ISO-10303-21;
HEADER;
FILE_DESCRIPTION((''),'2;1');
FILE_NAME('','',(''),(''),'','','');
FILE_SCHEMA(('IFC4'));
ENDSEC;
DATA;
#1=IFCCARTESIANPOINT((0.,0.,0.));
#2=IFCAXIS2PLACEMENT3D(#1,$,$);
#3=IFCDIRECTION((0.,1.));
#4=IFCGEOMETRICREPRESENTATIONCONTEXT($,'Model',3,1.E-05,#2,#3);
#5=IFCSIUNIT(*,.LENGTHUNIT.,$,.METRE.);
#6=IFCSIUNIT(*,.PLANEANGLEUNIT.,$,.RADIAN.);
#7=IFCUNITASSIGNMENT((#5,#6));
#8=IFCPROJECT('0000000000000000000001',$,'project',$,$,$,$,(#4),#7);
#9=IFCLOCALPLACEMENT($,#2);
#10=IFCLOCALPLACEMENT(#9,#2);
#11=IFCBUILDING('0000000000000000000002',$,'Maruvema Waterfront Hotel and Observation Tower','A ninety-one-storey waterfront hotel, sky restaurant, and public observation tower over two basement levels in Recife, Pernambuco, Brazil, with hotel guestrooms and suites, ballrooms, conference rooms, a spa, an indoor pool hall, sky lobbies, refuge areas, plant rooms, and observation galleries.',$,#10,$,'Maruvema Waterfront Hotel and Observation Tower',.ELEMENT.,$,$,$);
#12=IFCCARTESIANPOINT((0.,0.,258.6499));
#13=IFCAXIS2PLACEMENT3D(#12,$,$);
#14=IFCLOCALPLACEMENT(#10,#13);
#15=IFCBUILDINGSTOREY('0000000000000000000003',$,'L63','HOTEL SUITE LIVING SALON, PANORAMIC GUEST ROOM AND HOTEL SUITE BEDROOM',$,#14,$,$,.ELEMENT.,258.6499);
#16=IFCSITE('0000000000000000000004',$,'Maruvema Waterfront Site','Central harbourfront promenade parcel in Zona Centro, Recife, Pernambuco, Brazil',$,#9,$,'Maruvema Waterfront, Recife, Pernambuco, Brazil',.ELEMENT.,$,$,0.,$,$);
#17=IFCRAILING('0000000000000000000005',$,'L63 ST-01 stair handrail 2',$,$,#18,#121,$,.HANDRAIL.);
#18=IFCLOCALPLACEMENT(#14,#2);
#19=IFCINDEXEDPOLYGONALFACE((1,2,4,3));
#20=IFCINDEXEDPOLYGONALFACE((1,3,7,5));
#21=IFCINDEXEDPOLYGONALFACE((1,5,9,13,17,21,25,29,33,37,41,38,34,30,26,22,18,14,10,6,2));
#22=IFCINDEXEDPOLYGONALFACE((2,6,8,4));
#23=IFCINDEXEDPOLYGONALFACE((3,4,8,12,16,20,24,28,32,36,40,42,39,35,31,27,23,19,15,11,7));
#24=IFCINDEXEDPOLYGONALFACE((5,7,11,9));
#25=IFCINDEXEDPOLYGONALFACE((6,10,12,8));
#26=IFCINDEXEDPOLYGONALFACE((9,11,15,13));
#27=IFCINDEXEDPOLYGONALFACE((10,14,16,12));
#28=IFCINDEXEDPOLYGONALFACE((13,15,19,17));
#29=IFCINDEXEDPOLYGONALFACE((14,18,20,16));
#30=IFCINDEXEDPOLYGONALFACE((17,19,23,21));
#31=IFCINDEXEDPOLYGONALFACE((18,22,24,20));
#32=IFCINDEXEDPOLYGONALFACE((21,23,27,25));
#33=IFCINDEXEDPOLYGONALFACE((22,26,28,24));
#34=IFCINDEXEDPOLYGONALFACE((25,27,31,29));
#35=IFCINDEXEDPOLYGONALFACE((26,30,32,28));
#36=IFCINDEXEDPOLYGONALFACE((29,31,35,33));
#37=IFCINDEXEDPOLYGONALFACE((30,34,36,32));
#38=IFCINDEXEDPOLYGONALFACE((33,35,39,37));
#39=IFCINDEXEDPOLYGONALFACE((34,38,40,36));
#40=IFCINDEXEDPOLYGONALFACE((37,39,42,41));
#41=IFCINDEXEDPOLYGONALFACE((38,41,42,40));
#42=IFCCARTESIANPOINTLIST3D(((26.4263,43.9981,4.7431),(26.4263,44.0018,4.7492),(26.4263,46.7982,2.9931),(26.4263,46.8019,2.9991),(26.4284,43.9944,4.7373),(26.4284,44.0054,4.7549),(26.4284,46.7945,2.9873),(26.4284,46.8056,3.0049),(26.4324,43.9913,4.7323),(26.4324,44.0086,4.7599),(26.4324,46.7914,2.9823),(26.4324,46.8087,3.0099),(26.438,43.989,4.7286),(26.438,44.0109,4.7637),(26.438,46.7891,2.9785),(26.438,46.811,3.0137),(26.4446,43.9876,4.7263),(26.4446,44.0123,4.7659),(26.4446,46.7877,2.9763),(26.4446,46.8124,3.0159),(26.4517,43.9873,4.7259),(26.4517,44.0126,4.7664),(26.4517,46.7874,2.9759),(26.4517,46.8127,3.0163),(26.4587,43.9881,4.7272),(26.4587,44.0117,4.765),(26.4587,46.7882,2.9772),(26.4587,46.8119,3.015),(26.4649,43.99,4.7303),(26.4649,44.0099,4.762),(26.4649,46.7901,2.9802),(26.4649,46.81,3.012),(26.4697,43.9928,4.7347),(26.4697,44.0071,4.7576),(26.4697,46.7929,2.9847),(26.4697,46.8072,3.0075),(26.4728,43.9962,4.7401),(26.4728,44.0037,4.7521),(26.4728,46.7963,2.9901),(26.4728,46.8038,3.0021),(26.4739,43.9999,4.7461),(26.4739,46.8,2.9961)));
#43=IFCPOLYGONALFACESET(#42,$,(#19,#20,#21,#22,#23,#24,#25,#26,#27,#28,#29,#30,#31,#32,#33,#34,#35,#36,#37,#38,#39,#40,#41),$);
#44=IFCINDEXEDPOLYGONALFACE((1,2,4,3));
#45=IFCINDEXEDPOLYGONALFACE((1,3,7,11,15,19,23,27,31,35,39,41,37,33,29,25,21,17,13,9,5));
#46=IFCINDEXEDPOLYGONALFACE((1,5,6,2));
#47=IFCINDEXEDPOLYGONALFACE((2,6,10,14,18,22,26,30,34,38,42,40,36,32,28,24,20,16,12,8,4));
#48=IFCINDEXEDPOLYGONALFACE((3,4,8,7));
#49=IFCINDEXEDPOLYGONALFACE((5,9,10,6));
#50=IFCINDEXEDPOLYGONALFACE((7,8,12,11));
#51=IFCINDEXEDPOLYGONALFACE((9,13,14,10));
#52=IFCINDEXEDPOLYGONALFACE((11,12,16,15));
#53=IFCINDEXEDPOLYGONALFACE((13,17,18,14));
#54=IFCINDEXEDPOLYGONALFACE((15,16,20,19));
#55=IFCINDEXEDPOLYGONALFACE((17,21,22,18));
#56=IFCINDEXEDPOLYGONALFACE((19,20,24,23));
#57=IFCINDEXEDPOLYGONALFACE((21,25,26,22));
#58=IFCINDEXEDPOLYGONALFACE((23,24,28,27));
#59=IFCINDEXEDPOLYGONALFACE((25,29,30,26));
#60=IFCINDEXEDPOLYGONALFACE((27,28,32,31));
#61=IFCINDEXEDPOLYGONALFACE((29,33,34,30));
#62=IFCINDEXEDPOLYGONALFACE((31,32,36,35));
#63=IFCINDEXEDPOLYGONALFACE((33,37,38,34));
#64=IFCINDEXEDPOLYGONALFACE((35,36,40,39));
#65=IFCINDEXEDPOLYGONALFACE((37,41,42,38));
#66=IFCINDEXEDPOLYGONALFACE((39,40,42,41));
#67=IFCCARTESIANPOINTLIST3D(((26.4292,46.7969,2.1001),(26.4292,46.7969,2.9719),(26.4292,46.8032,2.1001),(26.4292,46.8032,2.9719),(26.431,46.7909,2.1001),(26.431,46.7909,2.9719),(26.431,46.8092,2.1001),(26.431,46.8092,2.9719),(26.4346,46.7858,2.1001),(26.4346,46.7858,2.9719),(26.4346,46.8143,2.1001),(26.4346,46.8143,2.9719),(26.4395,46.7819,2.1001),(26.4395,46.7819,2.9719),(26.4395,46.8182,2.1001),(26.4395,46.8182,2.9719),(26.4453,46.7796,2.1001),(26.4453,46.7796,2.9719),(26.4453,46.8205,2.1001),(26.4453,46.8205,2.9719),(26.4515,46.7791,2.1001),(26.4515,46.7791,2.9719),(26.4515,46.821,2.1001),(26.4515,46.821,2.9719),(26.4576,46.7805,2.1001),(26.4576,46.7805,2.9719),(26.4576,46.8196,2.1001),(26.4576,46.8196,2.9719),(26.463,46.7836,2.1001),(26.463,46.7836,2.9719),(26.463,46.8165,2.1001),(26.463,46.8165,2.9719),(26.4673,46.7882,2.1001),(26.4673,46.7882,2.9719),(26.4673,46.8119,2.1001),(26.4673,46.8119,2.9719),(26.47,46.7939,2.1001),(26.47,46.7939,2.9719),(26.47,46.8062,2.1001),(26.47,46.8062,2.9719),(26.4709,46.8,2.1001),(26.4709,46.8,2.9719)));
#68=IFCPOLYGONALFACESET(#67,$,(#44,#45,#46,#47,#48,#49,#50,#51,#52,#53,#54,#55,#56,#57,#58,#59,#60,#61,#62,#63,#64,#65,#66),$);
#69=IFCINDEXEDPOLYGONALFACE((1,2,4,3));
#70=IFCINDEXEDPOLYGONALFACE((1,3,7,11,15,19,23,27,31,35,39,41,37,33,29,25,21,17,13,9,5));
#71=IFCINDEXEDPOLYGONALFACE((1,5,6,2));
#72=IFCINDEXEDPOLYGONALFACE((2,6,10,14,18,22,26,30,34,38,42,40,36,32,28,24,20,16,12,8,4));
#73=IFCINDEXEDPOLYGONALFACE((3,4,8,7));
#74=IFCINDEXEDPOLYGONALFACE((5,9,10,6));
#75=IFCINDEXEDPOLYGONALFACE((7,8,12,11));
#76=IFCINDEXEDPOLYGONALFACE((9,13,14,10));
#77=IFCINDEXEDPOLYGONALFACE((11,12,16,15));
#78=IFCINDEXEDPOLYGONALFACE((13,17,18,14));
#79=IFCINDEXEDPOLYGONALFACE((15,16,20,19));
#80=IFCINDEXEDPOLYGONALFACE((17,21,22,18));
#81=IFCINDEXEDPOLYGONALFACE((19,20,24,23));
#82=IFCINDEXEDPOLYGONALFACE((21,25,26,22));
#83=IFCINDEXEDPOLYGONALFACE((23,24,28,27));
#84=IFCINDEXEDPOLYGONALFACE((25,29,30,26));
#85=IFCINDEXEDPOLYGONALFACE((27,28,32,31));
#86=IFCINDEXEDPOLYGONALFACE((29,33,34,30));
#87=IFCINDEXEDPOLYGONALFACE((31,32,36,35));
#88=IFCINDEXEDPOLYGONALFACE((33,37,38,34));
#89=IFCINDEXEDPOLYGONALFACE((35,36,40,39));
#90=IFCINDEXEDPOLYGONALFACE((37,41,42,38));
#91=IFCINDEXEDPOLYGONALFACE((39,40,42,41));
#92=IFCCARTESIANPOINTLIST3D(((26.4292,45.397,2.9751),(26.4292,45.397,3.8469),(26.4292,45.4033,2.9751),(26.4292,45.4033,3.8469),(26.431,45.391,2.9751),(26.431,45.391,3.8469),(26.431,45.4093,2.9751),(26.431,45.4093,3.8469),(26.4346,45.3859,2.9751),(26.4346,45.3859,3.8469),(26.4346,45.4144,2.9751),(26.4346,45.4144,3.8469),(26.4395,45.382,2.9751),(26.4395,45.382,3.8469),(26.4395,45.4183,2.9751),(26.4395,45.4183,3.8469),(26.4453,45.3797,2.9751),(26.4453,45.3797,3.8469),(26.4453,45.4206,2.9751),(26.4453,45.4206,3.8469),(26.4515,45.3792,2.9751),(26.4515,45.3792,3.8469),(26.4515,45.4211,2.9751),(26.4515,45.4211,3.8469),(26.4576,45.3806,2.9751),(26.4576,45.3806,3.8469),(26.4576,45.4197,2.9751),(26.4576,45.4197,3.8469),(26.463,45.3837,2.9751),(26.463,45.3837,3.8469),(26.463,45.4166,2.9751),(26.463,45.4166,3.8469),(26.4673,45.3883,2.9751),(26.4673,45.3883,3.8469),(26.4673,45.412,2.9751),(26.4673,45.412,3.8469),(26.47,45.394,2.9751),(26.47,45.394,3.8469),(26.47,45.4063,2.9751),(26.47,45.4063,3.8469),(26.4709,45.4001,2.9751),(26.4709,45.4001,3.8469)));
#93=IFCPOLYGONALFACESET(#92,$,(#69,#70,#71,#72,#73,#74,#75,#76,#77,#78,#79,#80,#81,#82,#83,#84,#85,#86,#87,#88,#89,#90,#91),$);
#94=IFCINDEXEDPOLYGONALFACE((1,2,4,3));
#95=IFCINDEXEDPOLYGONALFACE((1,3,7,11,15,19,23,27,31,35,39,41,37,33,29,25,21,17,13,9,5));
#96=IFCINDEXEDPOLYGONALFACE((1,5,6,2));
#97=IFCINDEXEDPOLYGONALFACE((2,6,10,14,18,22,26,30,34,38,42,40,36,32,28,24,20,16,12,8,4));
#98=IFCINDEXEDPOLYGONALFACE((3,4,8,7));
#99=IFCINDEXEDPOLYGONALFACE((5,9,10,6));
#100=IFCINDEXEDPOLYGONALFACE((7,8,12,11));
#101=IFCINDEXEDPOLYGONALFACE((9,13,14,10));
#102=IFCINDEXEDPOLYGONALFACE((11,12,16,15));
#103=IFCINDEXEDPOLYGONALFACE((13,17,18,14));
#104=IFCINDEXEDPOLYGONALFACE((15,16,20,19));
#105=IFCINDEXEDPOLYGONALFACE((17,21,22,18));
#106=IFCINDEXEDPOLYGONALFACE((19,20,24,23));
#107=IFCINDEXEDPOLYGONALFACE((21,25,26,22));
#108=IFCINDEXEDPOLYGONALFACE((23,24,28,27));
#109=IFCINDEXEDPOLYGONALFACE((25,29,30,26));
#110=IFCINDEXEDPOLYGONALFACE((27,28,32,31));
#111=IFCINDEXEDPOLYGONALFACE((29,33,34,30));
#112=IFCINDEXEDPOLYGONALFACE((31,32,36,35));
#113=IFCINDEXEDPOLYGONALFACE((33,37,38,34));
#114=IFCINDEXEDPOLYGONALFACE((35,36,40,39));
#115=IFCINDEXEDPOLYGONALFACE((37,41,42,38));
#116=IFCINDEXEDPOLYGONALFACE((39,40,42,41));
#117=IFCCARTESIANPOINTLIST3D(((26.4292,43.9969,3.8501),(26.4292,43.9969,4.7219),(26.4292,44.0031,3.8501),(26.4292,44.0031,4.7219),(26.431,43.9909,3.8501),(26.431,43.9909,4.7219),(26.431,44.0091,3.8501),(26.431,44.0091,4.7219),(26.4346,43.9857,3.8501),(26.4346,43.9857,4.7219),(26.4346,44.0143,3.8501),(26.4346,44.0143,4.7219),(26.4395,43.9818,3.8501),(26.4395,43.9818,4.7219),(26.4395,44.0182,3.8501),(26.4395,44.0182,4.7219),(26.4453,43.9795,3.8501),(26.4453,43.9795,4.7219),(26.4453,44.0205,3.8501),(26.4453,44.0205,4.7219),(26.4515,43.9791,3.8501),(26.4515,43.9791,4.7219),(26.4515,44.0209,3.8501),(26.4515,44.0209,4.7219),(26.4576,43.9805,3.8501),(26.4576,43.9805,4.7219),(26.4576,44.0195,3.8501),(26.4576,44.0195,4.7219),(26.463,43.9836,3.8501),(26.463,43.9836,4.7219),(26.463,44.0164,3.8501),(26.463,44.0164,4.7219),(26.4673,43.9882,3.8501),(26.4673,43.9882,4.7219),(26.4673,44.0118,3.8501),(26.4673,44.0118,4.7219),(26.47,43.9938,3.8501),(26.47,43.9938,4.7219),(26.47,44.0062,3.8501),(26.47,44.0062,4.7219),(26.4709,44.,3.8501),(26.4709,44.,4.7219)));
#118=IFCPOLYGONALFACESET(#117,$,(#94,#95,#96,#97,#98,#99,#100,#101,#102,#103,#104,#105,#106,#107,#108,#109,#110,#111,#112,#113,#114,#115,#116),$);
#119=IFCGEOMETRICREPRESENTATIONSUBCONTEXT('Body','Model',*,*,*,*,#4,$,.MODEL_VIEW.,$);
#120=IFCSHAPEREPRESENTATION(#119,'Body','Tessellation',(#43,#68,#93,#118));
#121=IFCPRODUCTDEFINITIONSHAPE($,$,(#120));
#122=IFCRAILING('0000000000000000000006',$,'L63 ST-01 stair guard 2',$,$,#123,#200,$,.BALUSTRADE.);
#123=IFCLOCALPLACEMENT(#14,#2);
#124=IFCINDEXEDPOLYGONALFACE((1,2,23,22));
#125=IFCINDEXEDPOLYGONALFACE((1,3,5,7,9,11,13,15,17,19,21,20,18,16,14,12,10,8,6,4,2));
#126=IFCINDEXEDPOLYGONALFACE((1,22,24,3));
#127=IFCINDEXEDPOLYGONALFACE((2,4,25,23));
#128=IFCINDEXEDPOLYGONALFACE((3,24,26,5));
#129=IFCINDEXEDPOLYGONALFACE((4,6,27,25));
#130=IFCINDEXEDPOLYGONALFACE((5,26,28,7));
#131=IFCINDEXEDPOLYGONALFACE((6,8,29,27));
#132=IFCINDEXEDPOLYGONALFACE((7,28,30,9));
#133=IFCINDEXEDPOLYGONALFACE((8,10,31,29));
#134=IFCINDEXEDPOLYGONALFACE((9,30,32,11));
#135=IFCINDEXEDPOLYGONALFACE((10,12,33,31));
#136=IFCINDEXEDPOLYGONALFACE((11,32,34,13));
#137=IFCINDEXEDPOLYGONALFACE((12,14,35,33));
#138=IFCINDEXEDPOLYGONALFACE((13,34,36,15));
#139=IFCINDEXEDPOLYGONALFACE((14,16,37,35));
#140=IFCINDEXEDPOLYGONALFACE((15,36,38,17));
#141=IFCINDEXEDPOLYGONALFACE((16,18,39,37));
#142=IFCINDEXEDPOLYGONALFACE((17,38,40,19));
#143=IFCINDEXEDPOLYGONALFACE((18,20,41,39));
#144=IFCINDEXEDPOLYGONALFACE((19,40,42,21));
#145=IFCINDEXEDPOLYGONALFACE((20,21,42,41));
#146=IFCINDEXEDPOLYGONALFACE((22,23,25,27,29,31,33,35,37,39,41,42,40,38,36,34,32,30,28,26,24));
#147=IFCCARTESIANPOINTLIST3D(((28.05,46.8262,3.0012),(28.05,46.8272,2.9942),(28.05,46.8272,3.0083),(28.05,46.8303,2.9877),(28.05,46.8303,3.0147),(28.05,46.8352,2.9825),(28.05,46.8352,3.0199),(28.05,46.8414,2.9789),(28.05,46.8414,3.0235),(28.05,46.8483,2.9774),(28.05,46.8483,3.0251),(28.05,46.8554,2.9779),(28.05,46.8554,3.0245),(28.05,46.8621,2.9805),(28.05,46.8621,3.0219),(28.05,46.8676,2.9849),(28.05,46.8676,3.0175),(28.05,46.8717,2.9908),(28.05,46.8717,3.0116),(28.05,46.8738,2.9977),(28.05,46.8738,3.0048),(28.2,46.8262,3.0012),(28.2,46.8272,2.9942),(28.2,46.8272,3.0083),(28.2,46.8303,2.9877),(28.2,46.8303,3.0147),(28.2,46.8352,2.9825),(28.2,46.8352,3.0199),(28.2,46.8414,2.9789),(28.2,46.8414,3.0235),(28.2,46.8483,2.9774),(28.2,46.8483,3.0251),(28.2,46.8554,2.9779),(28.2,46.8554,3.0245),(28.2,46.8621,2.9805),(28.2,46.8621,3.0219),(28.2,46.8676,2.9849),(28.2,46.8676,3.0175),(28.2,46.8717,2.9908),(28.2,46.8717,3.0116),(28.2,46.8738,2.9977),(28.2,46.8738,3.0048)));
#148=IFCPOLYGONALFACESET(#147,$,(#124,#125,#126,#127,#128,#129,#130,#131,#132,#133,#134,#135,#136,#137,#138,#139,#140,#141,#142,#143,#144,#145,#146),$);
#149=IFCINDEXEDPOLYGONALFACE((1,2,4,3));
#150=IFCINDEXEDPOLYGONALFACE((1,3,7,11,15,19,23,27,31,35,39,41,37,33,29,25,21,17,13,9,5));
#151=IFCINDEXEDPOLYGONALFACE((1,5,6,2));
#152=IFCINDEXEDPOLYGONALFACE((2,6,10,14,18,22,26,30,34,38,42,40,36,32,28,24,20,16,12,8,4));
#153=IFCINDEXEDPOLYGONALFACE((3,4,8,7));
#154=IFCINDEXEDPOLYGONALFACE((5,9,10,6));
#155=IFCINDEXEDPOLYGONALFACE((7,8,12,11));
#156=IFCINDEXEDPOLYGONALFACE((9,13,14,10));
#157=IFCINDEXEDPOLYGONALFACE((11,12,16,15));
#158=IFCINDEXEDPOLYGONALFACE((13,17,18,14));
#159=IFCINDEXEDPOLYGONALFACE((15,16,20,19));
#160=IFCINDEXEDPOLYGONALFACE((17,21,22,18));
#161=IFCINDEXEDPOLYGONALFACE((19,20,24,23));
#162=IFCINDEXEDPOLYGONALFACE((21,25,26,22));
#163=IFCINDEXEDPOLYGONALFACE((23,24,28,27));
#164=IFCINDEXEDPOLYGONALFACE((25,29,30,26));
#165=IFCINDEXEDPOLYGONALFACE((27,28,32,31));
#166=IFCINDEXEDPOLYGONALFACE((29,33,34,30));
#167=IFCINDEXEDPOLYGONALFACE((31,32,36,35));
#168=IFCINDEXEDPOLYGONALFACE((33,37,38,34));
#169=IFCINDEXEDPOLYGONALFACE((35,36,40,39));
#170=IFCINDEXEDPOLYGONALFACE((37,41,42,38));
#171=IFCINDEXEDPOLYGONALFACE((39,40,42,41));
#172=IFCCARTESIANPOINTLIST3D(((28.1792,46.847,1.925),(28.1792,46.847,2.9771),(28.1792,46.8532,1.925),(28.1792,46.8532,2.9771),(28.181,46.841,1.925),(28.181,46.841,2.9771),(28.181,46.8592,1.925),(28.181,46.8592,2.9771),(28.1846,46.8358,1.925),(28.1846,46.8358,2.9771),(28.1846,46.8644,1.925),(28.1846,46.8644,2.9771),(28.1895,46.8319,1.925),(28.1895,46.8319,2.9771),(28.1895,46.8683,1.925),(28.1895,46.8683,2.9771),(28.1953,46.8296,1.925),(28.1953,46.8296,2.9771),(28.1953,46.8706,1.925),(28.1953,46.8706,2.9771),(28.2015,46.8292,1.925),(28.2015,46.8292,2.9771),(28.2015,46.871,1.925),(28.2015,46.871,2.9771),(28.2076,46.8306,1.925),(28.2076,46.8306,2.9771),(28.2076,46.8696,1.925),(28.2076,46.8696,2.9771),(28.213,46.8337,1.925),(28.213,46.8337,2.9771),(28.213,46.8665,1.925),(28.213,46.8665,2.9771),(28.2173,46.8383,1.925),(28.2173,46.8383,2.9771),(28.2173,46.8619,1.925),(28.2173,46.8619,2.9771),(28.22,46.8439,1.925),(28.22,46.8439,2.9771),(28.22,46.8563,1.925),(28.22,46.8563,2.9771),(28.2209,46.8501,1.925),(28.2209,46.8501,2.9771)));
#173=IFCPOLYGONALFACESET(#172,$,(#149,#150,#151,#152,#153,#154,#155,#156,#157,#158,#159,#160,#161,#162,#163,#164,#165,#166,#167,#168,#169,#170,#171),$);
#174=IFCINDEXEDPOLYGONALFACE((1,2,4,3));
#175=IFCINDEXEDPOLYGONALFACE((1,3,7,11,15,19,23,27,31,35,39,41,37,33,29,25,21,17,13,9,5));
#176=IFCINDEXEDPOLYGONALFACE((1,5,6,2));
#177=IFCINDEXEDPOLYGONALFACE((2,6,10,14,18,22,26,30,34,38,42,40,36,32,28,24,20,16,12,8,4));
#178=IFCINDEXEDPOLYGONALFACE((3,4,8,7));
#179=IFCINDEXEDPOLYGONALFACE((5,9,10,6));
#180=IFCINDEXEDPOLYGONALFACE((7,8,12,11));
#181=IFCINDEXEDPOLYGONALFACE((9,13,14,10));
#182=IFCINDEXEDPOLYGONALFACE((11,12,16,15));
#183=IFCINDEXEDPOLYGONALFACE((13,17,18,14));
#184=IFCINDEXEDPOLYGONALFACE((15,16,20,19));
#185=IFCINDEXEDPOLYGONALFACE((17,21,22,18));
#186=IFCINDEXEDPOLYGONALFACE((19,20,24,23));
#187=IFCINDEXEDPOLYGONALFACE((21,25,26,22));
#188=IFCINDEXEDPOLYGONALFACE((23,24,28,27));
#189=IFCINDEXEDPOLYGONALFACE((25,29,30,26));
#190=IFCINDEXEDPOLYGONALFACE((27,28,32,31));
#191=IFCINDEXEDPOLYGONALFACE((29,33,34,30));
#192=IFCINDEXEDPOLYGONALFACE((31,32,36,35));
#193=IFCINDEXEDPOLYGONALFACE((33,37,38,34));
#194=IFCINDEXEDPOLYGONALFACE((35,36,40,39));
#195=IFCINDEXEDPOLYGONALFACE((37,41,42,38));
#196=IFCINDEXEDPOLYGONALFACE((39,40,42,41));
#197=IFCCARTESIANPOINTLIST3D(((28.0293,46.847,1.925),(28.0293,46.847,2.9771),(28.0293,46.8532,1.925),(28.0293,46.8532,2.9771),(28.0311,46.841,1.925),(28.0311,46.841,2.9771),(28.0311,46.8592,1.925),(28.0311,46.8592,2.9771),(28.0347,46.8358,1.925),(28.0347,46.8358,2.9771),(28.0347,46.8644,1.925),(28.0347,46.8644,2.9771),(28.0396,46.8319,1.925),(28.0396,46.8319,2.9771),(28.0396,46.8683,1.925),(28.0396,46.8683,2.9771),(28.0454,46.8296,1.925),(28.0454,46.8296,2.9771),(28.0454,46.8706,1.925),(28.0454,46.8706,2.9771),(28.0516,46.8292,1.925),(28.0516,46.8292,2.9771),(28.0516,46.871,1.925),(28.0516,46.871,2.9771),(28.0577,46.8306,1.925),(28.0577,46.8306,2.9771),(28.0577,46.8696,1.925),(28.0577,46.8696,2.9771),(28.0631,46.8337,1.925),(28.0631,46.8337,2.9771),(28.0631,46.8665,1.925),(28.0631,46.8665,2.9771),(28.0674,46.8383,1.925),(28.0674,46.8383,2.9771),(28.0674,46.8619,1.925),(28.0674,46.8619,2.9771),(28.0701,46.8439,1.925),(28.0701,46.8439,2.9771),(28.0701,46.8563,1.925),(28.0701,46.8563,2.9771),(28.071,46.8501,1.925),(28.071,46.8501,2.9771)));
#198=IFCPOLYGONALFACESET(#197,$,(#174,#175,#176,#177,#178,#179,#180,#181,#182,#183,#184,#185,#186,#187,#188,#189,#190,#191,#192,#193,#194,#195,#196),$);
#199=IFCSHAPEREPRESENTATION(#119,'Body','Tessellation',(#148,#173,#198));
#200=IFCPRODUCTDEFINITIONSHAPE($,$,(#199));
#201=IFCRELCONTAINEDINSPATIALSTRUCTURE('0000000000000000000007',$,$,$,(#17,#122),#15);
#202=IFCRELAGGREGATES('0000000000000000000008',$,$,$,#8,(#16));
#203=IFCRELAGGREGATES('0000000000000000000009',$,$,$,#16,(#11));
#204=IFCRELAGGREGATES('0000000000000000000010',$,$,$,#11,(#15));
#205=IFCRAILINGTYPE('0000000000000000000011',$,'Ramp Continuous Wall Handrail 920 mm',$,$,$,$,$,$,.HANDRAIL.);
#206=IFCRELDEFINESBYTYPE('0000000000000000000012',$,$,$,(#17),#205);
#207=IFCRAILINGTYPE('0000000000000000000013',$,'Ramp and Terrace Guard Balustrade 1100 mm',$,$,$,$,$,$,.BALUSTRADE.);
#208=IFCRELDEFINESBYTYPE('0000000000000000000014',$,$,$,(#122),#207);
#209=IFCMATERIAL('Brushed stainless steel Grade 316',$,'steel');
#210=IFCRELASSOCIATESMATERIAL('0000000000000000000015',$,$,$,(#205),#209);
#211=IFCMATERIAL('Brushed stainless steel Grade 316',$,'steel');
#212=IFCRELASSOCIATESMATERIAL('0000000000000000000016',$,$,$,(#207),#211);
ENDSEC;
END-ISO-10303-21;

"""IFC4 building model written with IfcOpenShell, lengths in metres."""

from ifc_helpers import new_model, si_unit, direction, frame, origin, origin_2d, place, context, subcontext, project, spatial, circle, extrude, material, type_object, element, save


model = new_model("IFC4")

# Units and contexts
model_context = context("Model", 3, precision=1e-05, world=origin(), true_north=direction((0.0, 1.0)))
body_context = subcontext(model_context, "Body", "Model", "MODEL_VIEW")
ifc_project = project(units=[si_unit("LENGTHUNIT", "METRE"), si_unit("PLANEANGLEUNIT", "RADIAN")], contexts=[model_context])

# Site, building, storey
site_placement = place(None, origin())
site = spatial("IfcSite", under=ifc_project, at=site_placement, Name="Maruvema Waterfront Site", Description="Central harbourfront promenade parcel in Zona Centro, Recife, Pernambuco, Brazil", LongName="Maruvema Waterfront, Recife, Pernambuco, Brazil", CompositionType="ELEMENT", RefElevation=0.0)
building_placement = place(site_placement, origin())
building = spatial("IfcBuilding", under=site, at=building_placement, Name="Maruvema Waterfront Hotel and Observation Tower", Description="A ninety-one-storey waterfront hotel, sky restaurant, and public observation tower over two basement levels in Recife, Pernambuco, Brazil, with hotel guestrooms and suites, ballrooms, conference rooms, a spa, an indoor pool hall, sky lobbies, refuge areas, plant rooms, and observation galleries.", LongName="Maruvema Waterfront Hotel and Observation Tower", CompositionType="ELEMENT")
storey_placement = place(building_placement, frame((0.0, 0.0, 258.6499)))
storey = spatial("IfcBuildingStorey", under=building, at=storey_placement, Name="L63", Description="HOTEL SUITE LIVING SALON, PANORAMIC GUEST ROOM AND HOTEL SUITE BEDROOM", CompositionType="ELEMENT", Elevation=258.6499)

# Railings
ifc_material_1 = material(Name="Brushed stainless steel Grade 316", Category="steel")
railing_type_1 = type_object("IfcRailingType", Name="Ramp Continuous Wall Handrail 920 mm", PredefinedType="HANDRAIL", material=ifc_material_1)
railing_1_placement = place(storey_placement, frame((26.45, 46.8, 2.1001)))
element("IfcRailing", 1, at=railing_1_placement, inside=storey, type_object=railing_type_1, Name="L63 ST-01 stair handrail 2", PredefinedType="HANDRAIL", context=body_context, shape_type="SweptSolid", body=[
    extrude(circle(Radius=0.0239, at=origin_2d()), frame((0.0, 0.0, 0.896), z_axis=(0.0, -0.848002, 0.529992), x_axis=(1.0, 0.0, 0.0)), (0.0, 0.0, 1.0), 3.302),
    extrude(circle(Radius=0.021, at=origin_2d()), origin(), (0.0, 0.0, 1.0), 0.8718),
    extrude(circle(Radius=0.021, at=origin_2d()), frame((0.0, -1.3999, 0.875)), (0.0, 0.0, 1.0), 0.8718),
    extrude(circle(Radius=0.021, at=origin_2d()), frame((0.0, -2.8, 1.75)), (0.0, 0.0, 1.0), 0.8718),
])
ifc_material_2 = material(Name="Brushed stainless steel Grade 316", Category="steel")
railing_type_2 = type_object("IfcRailingType", Name="Ramp and Terrace Guard Balustrade 1100 mm", PredefinedType="BALUSTRADE", material=ifc_material_2)
railing_2_placement = place(storey_placement, frame((28.2, 46.8501, 1.925)))
element("IfcRailing", 2, at=railing_2_placement, inside=storey, type_object=railing_type_2, Name="L63 ST-01 stair guard 2", PredefinedType="BALUSTRADE", context=body_context, shape_type="SweptSolid", body=[
    extrude(circle(Radius=0.0239, at=origin_2d()), frame((0.0, 0.0, 1.0762), z_axis=(-1.0, 0.0, 0.0), x_axis=(0.0, -1.0, 0.0)), (0.0, 0.0, 1.0), 0.1499),
    extrude(circle(Radius=0.021, at=origin_2d()), origin(), (0.0, 0.0, 1.0), 1.052),
    extrude(circle(Radius=0.021, at=origin_2d()), frame((-0.1499, 0.0, 0.0)), (0.0, 0.0, 1.0), 1.052),
])

save(model, "model.ifc")
